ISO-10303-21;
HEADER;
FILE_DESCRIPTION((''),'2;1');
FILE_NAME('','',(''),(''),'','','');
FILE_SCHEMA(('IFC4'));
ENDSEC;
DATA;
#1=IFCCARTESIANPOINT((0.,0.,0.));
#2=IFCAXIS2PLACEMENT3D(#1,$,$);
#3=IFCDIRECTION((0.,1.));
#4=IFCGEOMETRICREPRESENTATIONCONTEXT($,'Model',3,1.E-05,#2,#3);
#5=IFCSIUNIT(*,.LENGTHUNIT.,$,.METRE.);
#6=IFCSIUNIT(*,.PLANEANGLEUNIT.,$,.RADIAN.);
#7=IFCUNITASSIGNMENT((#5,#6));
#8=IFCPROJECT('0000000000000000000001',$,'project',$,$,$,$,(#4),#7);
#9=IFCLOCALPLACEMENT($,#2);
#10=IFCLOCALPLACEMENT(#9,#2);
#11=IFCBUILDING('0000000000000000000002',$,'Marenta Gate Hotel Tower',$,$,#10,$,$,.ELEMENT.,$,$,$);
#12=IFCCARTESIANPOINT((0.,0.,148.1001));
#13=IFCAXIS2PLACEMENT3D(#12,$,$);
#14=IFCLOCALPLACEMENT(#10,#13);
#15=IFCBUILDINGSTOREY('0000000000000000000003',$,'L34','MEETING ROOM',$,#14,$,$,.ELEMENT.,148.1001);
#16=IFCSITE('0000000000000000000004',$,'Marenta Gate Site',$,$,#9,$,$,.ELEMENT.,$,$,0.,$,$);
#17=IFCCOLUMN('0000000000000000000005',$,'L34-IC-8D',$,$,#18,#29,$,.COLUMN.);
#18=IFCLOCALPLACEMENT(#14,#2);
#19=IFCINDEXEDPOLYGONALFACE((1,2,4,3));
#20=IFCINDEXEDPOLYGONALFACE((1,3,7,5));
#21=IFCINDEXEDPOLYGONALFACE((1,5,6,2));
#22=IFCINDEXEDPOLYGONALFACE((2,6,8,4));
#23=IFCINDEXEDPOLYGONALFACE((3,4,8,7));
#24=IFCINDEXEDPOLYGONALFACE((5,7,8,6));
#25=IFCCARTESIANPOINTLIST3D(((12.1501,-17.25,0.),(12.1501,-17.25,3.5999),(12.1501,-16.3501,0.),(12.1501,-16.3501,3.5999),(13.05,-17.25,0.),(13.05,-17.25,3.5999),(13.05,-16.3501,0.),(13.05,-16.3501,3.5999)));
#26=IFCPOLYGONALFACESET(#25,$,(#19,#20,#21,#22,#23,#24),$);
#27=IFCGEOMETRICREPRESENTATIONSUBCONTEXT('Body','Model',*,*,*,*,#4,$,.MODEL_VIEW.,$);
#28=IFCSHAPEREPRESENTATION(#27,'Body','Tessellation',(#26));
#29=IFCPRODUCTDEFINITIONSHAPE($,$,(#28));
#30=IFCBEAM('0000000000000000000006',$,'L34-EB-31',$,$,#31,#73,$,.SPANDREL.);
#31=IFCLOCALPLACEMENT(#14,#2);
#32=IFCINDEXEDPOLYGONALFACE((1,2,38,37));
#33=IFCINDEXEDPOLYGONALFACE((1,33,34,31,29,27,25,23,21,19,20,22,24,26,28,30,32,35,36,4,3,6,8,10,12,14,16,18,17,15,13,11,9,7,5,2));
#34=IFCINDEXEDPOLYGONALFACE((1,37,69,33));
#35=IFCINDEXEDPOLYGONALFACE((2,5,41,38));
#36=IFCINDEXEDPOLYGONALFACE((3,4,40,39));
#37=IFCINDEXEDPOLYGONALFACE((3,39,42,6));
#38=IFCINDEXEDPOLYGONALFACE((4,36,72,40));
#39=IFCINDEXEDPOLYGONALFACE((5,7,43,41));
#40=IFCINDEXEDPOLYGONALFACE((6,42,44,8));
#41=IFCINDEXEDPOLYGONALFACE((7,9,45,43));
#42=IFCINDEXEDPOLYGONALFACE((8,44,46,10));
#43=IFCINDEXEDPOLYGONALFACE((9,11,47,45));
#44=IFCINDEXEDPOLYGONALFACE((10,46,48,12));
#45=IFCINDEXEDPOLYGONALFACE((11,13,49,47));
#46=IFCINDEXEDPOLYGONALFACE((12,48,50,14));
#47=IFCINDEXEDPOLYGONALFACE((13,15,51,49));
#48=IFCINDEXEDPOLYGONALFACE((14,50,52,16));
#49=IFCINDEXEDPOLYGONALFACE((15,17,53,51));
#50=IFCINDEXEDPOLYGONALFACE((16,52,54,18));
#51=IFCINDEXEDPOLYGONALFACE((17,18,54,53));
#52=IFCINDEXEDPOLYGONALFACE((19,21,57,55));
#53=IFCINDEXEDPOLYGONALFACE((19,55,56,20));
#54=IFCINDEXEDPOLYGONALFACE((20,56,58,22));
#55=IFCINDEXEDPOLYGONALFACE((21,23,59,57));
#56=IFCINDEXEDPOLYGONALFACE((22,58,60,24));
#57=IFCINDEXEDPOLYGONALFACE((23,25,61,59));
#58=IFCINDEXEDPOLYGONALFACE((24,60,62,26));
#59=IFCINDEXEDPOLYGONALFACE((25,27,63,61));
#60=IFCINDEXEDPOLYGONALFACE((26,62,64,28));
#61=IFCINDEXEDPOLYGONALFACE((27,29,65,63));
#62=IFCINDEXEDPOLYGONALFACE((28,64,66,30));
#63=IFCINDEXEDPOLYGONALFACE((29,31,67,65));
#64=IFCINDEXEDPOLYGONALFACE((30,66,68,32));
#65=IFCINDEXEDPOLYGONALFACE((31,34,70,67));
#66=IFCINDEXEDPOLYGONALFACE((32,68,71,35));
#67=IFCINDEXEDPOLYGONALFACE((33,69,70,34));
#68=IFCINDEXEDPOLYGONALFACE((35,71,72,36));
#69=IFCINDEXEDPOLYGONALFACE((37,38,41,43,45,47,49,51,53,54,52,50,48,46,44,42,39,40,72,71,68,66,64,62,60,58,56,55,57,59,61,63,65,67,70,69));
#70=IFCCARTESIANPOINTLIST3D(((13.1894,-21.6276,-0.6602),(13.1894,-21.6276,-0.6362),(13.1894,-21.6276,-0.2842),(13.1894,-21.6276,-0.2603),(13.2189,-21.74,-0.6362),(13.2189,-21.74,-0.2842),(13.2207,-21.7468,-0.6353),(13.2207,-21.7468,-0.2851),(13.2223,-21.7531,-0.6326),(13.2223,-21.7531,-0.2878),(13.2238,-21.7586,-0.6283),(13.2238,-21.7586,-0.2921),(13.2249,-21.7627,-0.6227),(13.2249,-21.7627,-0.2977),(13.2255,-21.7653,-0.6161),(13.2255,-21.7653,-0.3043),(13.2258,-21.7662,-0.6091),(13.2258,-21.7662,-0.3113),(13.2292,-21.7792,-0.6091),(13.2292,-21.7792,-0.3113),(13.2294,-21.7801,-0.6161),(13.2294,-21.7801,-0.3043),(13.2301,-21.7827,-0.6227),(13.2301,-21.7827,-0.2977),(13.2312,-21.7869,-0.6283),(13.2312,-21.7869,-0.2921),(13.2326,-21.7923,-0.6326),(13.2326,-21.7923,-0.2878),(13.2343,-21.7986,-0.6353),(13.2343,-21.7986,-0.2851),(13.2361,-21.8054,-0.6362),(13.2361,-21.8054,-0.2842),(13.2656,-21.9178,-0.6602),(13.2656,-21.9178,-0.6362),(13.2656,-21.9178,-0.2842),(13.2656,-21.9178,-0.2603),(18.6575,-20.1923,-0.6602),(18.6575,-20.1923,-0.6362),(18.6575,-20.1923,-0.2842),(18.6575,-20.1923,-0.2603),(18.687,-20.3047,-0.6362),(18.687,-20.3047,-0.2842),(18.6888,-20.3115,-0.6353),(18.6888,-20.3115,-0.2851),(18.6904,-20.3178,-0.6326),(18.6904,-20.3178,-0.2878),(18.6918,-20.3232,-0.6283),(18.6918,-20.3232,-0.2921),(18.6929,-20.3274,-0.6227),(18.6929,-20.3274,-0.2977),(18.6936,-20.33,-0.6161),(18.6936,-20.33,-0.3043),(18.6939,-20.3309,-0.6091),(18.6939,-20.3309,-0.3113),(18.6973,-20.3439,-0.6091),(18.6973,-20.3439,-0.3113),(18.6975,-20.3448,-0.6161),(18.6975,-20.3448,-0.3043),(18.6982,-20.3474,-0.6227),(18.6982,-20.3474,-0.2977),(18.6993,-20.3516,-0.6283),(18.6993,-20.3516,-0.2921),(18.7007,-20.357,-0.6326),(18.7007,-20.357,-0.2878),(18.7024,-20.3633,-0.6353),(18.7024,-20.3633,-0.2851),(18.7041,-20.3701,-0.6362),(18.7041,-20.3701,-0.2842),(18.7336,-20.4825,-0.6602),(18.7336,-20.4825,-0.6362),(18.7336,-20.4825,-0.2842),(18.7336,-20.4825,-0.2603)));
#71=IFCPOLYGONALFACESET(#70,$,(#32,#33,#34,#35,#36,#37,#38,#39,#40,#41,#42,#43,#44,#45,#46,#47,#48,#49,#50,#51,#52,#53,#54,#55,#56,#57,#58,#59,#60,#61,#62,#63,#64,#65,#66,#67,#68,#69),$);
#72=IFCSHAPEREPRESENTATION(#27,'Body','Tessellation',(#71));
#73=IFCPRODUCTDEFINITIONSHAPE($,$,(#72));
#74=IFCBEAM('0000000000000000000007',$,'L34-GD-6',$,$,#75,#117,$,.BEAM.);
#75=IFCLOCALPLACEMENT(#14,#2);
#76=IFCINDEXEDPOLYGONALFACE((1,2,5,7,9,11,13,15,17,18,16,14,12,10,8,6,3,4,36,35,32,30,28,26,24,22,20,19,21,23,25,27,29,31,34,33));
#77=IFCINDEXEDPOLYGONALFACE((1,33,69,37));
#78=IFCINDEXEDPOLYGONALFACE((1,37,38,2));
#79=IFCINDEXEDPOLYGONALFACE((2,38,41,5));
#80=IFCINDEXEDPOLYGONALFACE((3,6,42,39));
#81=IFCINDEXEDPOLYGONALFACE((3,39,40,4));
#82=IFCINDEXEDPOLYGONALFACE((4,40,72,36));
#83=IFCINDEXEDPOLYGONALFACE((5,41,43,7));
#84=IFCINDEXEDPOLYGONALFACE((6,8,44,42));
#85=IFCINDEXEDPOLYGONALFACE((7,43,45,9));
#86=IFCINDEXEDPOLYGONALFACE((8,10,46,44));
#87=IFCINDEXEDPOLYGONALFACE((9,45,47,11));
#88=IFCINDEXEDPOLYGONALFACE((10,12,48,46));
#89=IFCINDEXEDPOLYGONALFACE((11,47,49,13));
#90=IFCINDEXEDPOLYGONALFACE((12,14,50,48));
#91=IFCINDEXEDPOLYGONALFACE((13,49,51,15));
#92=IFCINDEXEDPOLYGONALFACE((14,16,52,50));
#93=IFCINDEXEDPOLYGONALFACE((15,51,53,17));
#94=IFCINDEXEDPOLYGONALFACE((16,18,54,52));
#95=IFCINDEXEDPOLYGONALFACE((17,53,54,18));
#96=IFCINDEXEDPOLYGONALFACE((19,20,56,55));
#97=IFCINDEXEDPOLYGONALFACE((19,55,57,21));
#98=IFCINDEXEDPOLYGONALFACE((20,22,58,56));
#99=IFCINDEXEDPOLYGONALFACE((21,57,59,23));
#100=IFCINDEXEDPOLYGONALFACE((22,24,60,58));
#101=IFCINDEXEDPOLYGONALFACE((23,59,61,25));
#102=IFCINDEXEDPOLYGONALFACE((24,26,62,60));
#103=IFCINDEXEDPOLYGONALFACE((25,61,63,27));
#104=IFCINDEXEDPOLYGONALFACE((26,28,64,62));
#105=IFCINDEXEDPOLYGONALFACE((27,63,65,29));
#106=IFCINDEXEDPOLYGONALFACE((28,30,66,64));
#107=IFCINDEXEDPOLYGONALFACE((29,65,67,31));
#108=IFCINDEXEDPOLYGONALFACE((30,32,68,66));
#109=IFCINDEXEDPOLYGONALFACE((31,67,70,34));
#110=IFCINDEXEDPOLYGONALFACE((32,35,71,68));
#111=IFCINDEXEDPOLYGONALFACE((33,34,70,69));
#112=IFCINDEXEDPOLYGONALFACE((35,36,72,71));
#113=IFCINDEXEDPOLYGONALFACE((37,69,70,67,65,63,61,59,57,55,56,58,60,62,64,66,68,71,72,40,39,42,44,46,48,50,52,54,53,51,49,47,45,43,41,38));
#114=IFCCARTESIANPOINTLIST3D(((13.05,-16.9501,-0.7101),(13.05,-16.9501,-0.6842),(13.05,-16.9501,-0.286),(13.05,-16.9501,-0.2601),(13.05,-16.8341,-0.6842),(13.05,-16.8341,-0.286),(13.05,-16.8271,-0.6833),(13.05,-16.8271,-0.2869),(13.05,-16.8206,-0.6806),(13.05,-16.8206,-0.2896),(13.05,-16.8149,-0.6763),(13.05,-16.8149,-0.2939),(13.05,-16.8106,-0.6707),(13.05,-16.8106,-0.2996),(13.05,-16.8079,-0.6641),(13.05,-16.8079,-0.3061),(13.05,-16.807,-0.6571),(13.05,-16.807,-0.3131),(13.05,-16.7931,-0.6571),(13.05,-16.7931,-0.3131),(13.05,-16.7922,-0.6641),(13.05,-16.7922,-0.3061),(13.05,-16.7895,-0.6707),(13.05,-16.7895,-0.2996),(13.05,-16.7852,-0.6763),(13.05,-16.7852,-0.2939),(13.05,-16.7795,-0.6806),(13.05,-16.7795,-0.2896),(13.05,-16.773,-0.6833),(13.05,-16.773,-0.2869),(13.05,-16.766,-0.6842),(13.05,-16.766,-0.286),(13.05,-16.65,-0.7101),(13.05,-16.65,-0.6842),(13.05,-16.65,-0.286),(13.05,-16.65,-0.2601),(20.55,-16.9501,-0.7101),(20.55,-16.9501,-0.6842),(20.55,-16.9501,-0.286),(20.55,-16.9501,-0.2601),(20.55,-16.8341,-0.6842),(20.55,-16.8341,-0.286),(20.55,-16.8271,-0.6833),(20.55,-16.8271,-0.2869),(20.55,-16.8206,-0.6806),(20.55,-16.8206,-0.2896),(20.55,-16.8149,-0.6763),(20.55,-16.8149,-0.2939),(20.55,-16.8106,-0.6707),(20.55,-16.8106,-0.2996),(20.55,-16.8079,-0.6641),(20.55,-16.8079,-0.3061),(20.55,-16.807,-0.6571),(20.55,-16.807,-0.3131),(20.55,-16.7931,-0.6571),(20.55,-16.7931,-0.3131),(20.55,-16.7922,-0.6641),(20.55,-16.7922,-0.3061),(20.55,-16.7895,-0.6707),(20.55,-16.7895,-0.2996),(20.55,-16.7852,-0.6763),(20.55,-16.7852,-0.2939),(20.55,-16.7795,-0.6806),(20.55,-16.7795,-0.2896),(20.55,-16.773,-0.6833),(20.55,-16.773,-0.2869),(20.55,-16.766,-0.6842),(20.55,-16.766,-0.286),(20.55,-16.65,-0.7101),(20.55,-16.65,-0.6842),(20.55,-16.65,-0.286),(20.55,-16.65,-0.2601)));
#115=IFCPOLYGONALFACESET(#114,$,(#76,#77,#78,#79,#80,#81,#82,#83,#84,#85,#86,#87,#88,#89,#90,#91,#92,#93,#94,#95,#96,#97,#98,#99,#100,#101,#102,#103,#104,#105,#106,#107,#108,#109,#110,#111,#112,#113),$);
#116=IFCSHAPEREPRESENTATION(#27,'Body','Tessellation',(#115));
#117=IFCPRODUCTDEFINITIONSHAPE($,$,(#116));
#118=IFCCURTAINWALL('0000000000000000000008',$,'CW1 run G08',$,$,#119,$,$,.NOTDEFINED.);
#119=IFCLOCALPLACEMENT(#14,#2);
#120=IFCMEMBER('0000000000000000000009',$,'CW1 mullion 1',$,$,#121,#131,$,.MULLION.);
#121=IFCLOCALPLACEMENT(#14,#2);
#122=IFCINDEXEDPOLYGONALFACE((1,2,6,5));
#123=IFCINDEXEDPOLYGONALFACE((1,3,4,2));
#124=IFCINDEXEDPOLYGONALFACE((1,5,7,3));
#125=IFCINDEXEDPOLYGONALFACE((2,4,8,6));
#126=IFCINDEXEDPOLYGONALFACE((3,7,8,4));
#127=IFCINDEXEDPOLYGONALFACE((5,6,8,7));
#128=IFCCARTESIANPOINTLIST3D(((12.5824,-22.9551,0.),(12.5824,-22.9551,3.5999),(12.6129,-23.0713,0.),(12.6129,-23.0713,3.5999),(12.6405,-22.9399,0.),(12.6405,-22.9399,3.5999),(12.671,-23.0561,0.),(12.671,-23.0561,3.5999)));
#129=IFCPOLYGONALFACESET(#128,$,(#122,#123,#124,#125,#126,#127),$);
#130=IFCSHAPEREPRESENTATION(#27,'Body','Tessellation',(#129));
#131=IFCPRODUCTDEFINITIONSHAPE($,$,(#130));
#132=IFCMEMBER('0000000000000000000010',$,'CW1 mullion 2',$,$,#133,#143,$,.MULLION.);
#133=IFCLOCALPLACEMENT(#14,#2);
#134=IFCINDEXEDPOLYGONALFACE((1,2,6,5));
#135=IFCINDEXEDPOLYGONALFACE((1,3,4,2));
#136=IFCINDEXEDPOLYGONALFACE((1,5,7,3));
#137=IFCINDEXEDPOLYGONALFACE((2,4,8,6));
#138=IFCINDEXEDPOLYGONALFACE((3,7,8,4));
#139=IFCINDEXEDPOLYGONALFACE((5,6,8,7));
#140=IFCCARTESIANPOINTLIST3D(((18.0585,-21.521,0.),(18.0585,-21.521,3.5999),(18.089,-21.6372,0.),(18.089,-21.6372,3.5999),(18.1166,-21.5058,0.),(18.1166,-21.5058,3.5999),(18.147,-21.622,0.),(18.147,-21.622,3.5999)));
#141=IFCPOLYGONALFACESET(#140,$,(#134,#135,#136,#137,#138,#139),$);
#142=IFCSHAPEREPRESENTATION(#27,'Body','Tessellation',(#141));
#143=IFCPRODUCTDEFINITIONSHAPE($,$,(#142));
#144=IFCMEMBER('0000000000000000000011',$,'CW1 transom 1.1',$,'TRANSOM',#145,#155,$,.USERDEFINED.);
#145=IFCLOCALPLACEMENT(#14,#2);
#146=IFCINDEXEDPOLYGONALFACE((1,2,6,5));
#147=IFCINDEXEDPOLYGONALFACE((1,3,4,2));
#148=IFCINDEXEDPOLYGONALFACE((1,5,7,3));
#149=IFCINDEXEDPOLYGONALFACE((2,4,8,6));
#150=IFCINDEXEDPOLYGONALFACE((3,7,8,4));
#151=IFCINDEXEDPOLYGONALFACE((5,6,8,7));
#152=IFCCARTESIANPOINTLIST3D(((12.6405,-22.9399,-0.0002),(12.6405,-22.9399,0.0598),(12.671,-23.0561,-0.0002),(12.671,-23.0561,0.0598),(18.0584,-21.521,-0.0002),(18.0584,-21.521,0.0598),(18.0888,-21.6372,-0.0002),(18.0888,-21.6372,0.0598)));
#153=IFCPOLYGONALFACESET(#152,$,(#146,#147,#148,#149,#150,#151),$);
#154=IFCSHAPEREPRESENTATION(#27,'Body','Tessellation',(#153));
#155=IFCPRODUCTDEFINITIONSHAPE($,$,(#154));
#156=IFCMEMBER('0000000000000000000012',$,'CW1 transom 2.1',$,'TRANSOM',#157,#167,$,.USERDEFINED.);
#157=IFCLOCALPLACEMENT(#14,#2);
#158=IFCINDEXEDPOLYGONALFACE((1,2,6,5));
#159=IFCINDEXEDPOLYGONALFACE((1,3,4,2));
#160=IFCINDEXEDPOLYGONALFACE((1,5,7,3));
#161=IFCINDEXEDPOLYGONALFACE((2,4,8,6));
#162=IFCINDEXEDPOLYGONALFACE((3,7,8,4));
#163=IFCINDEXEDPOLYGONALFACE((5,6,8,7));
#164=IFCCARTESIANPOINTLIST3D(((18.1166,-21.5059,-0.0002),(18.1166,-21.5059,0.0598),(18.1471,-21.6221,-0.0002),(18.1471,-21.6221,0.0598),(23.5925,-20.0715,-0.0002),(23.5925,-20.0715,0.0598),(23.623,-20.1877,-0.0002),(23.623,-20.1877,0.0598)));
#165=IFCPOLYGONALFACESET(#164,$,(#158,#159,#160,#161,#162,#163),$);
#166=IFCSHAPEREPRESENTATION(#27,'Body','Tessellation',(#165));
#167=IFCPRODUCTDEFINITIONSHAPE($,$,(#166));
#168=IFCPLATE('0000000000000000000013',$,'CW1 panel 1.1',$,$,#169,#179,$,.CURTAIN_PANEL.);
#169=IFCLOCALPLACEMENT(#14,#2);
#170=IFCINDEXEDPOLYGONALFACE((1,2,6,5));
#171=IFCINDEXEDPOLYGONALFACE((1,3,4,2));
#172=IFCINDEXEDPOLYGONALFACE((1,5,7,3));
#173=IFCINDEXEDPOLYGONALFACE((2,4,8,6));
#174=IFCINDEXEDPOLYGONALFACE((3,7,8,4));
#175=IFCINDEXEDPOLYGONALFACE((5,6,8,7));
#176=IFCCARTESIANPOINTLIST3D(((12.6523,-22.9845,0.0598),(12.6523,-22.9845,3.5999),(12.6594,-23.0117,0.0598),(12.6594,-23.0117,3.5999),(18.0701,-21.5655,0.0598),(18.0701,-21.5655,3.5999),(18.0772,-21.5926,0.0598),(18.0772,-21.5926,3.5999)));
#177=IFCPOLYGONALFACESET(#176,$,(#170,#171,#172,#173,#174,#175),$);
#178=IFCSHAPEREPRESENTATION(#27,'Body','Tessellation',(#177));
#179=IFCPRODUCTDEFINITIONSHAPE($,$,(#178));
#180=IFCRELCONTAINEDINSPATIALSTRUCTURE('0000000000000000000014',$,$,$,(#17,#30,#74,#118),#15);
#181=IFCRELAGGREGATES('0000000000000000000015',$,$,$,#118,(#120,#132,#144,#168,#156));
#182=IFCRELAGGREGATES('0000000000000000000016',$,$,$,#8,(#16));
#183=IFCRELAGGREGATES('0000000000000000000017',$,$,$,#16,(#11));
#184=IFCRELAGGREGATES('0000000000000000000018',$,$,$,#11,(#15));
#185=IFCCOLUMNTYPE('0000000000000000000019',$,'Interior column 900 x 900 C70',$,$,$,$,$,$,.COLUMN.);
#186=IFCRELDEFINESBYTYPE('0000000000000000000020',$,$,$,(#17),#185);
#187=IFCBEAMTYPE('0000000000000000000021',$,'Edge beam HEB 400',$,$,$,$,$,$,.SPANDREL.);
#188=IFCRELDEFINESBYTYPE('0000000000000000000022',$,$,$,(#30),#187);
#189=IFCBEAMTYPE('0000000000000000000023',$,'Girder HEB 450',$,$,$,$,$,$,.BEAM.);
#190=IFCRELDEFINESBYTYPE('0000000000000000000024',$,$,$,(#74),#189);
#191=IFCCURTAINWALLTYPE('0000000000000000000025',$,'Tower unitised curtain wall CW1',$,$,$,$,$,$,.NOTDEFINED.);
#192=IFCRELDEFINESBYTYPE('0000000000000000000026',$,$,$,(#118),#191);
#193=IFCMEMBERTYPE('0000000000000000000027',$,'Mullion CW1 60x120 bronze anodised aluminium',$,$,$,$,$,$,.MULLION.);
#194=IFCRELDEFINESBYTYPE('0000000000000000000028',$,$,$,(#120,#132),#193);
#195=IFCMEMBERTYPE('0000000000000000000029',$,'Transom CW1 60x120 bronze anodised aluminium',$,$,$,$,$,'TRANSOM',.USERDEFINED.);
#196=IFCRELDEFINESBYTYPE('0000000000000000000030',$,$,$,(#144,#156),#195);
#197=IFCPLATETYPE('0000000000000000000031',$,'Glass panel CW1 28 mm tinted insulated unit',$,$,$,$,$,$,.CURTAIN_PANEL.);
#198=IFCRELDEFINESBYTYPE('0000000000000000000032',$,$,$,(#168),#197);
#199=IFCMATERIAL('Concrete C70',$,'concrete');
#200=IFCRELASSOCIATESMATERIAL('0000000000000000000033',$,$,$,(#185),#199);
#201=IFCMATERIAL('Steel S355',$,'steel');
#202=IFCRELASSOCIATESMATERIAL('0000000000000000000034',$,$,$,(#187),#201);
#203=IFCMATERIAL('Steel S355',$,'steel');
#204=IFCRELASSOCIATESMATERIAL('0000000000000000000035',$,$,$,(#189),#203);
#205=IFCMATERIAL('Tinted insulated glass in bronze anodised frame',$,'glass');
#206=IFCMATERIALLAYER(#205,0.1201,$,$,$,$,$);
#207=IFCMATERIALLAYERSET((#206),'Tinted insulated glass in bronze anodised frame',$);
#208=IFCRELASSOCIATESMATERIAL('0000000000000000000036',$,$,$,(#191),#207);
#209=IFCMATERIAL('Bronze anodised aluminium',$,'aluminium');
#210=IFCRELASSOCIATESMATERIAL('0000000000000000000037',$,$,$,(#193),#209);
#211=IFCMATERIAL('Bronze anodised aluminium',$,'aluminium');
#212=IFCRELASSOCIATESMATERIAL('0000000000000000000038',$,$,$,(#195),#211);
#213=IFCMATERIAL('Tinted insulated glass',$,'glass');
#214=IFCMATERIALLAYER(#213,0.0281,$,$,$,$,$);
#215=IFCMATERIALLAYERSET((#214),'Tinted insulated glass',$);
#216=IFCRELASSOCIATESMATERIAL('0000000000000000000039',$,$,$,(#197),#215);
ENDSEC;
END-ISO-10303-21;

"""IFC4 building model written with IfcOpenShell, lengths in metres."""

from ifc_helpers import new_model, si_unit, direction, frame, origin, origin_2d, place, context, subcontext, project, spatial, rectangle, i_section, extrude, material, layer, layer_set, material_profile, profile_set, type_object, element, aggregate, save


model = new_model("IFC4")

# Units and contexts
model_context = context("Model", 3, precision=1e-05, world=origin(), true_north=direction((0.0, 1.0)))
body_context = subcontext(model_context, "Body", "Model", "MODEL_VIEW")
ifc_project = project(units=[si_unit("LENGTHUNIT", "METRE"), si_unit("PLANEANGLEUNIT", "RADIAN")], contexts=[model_context])

# Site, building, storey
site_placement = place(None, origin())
site = spatial("IfcSite", under=ifc_project, at=site_placement, Name="Marenta Gate Site", CompositionType="ELEMENT", RefElevation=0.0)
building_placement = place(site_placement, origin())
building = spatial("IfcBuilding", under=site, at=building_placement, Name="Marenta Gate Hotel Tower", CompositionType="ELEMENT")
storey_placement = place(building_placement, frame((0.0, 0.0, 148.1001)))
storey = spatial("IfcBuildingStorey", under=building, at=storey_placement, Name="L34", Description="MEETING ROOM", CompositionType="ELEMENT", Elevation=148.1001)

# Column
ifc_material_1 = material(Name="Concrete C70", Category="concrete")
ifc_material_profile_1 = material_profile(ifc_material_1, rectangle(XDim=0.8999, YDim=0.8999, at=origin_2d()), Name="900 x 900")
ifc_profile_set_1 = profile_set([ifc_material_profile_1], Name="Concrete C70")
column_type = type_object("IfcColumnType", Name="Interior column 900 x 900 C70", PredefinedType="COLUMN", material=ifc_profile_set_1)
column_placement = place(storey_placement, frame((12.6001, -16.8, 0.0), z_axis=(0.0, 0.0, 1.0), x_axis=(1.0, 0.0, 0.0)))
element("IfcColumn", 1, at=column_placement, inside=storey, type_object=column_type, Name="L34-IC-8D", PredefinedType="COLUMN", context=body_context, shape_type="SweptSolid", body=[
    extrude(rectangle(XDim=0.8999, YDim=0.8999, at=origin_2d()), origin(), (0.0, 0.0, 1.0), 3.5999),
])

# Beams
ifc_material_2 = material(Name="Steel S355", Category="steel")
ifc_material_profile_2 = material_profile(ifc_material_2, i_section(OverallWidth=0.3, OverallDepth=0.3999, WebThickness=0.0134, FlangeThickness=0.0239, FilletRadius=0.0271, at=origin_2d()), Name="HEB 400")
ifc_profile_set_2 = profile_set([ifc_material_profile_2], Name="Steel S355")
beam_type_1 = type_object("IfcBeamType", Name="Edge beam HEB 400", PredefinedType="SPANDREL", material=ifc_profile_set_2)
beam_1_placement = place(storey_placement, frame((18.6956, -20.3374, -0.4602), z_axis=(-0.967233, -0.25389, 0.0), x_axis=(0.25389, -0.967233, 0.0)))
element("IfcBeam", 2, at=beam_1_placement, inside=storey, type_object=beam_type_1, Name="L34-EB-31", PredefinedType="SPANDREL", context=body_context, shape_type="SweptSolid", body=[
    extrude(i_section(OverallWidth=0.3, OverallDepth=0.3999, WebThickness=0.0134, FlangeThickness=0.0239, FilletRadius=0.0271, at=origin_2d()), origin(), (0.0, 0.0, 1.0), 5.6533),
])
ifc_material_3 = material(Name="Steel S355", Category="steel")
ifc_material_profile_3 = material_profile(ifc_material_3, i_section(OverallWidth=0.3, OverallDepth=0.45, WebThickness=0.0139, FlangeThickness=0.0259, FilletRadius=0.0271, at=origin_2d()), Name="HEB 450")
ifc_profile_set_3 = profile_set([ifc_material_profile_3], Name="Steel S355")
beam_type_2 = type_object("IfcBeamType", Name="Girder HEB 450", PredefinedType="BEAM", material=ifc_profile_set_3)
beam_2_placement = place(storey_placement, frame((13.05, -16.8, -0.4851), z_axis=(1.0, 0.0, 0.0), x_axis=(0.0, 1.0, 0.0)))
element("IfcBeam", 3, at=beam_2_placement, inside=storey, type_object=beam_type_2, Name="L34-GD-6", PredefinedType="BEAM", context=body_context, shape_type="SweptSolid", body=[
    extrude(i_section(OverallWidth=0.3, OverallDepth=0.45, WebThickness=0.0139, FlangeThickness=0.0259, FilletRadius=0.0271, at=origin_2d()), origin(), (0.0, 0.0, 1.0), 7.5),
])

# Curtain wall, members, plate
ifc_material_4 = material(Name="Tinted insulated glass in bronze anodised frame", Category="glass")
ifc_layer_1 = layer(ifc_material_4, 0.1201)
ifc_layer_set_1 = layer_set([ifc_layer_1], Name="Tinted insulated glass in bronze anodised frame")
curtain_wall_type = type_object("IfcCurtainWallType", Name="Tower unitised curtain wall CW1", PredefinedType="NOTDEFINED", material=ifc_layer_set_1)
curtain_wall_placement = place(storey_placement, origin())
curtain_wall = element("IfcCurtainWall", 4, at=curtain_wall_placement, inside=storey, type_object=curtain_wall_type, Name="CW1 run G08", PredefinedType="NOTDEFINED")
ifc_material_5 = material(Name="Bronze anodised aluminium", Category="aluminium")
ifc_material_profile_4 = material_profile(ifc_material_5, rectangle(XDim=0.1201, YDim=0.0601, at=origin_2d()), Name="Mullion CW1 60x120 bronze anodised aluminium")
ifc_profile_set_4 = profile_set([ifc_material_profile_4], Name="Bronze anodised aluminium")
member_type_1 = type_object("IfcMemberType", Name="Mullion CW1 60x120 bronze anodised aluminium", PredefinedType="MULLION", material=ifc_profile_set_4)
member_1_placement = place(storey_placement, frame((12.6267, -23.0056, 0.0), z_axis=(0.0, 0.0, 1.0), x_axis=(-0.253374, 0.967368, 0.0)))
member_1 = element("IfcMember", 5, at=member_1_placement, type_object=member_type_1, Name="CW1 mullion 1", PredefinedType="MULLION", context=body_context, shape_type="SweptSolid", body=[
    extrude(rectangle(XDim=0.1201, YDim=0.0601, at=origin_2d()), origin(), (0.0, 0.0, 1.0), 3.5999),
])
member_2_placement = place(storey_placement, frame((18.1028, -21.5715, 0.0), z_axis=(0.0, 0.0, 1.0), x_axis=(-0.253374, 0.967368, 0.0)))
member_2 = element("IfcMember", 6, at=member_2_placement, type_object=member_type_1, Name="CW1 mullion 2", PredefinedType="MULLION", context=body_context, shape_type="SweptSolid", body=[
    extrude(rectangle(XDim=0.1201, YDim=0.0601, at=origin_2d()), origin(), (0.0, 0.0, 1.0), 3.5999),
])
ifc_material_6 = material(Name="Bronze anodised aluminium", Category="aluminium")
ifc_material_profile_5 = material_profile(ifc_material_6, rectangle(XDim=0.1201, YDim=0.0601, at=origin_2d()), Name="Transom CW1 60x120 bronze anodised aluminium")
ifc_profile_set_5 = profile_set([ifc_material_profile_5], Name="Bronze anodised aluminium")
member_type_2 = type_object("IfcMemberType", Name="Transom CW1 60x120 bronze anodised aluminium", ElementType="TRANSOM", PredefinedType="USERDEFINED", material=ifc_profile_set_5)
member_3_placement = place(storey_placement, frame((12.6558, -22.998, 0.0298), z_axis=(0.967374, 0.253352, 0.0), x_axis=(-0.253352, 0.967374, 0.0)))
member_3 = element("IfcMember", 7, at=member_3_placement, type_object=member_type_2, Name="CW1 transom 1.1", ObjectType="TRANSOM", PredefinedType="USERDEFINED", context=body_context, shape_type="SweptSolid", body=[
    extrude(rectangle(XDim=0.1201, YDim=0.0601, at=origin_2d()), origin(), (0.0, 0.0, 1.0), 5.6006),
])
member_4_placement = place(storey_placement, frame((18.1318, -21.564, 0.0298), z_axis=(0.967364, 0.253389, 0.0), x_axis=(-0.253389, 0.967364, 0.0)))
member_4 = element("IfcMember", 8, at=member_4_placement, type_object=member_type_2, Name="CW1 transom 2.1", ObjectType="TRANSOM", PredefinedType="USERDEFINED", context=body_context, shape_type="SweptSolid", body=[
    extrude(rectangle(XDim=0.1201, YDim=0.0601, at=origin_2d()), origin(), (0.0, 0.0, 1.0), 5.6606),
])
ifc_material_7 = material(Name="Tinted insulated glass", Category="glass")
ifc_layer_2 = layer(ifc_material_7, 0.0281)
ifc_layer_set_2 = layer_set([ifc_layer_2], Name="Tinted insulated glass")
plate_type = type_object("IfcPlateType", Name="Glass panel CW1 28 mm tinted insulated unit", PredefinedType="CURTAIN_PANEL", material=ifc_layer_set_2)
plate_placement = place(storey_placement, frame((15.3647, -22.2886, 0.0598), z_axis=(0.0, 0.0, 1.0), x_axis=(0.967368, 0.253374, 0.0)))
plate = element("IfcPlate", 9, at=plate_placement, type_object=plate_type, Name="CW1 panel 1.1", PredefinedType="CURTAIN_PANEL", context=body_context, shape_type="SweptSolid", body=[
    extrude(rectangle(XDim=5.6006, YDim=0.0281, at=origin_2d()), origin(), (0.0, 0.0, 1.0), 3.54),
])
aggregate(curtain_wall, [member_1, member_2, member_3, plate, member_4])

save(model, "model.ifc")
